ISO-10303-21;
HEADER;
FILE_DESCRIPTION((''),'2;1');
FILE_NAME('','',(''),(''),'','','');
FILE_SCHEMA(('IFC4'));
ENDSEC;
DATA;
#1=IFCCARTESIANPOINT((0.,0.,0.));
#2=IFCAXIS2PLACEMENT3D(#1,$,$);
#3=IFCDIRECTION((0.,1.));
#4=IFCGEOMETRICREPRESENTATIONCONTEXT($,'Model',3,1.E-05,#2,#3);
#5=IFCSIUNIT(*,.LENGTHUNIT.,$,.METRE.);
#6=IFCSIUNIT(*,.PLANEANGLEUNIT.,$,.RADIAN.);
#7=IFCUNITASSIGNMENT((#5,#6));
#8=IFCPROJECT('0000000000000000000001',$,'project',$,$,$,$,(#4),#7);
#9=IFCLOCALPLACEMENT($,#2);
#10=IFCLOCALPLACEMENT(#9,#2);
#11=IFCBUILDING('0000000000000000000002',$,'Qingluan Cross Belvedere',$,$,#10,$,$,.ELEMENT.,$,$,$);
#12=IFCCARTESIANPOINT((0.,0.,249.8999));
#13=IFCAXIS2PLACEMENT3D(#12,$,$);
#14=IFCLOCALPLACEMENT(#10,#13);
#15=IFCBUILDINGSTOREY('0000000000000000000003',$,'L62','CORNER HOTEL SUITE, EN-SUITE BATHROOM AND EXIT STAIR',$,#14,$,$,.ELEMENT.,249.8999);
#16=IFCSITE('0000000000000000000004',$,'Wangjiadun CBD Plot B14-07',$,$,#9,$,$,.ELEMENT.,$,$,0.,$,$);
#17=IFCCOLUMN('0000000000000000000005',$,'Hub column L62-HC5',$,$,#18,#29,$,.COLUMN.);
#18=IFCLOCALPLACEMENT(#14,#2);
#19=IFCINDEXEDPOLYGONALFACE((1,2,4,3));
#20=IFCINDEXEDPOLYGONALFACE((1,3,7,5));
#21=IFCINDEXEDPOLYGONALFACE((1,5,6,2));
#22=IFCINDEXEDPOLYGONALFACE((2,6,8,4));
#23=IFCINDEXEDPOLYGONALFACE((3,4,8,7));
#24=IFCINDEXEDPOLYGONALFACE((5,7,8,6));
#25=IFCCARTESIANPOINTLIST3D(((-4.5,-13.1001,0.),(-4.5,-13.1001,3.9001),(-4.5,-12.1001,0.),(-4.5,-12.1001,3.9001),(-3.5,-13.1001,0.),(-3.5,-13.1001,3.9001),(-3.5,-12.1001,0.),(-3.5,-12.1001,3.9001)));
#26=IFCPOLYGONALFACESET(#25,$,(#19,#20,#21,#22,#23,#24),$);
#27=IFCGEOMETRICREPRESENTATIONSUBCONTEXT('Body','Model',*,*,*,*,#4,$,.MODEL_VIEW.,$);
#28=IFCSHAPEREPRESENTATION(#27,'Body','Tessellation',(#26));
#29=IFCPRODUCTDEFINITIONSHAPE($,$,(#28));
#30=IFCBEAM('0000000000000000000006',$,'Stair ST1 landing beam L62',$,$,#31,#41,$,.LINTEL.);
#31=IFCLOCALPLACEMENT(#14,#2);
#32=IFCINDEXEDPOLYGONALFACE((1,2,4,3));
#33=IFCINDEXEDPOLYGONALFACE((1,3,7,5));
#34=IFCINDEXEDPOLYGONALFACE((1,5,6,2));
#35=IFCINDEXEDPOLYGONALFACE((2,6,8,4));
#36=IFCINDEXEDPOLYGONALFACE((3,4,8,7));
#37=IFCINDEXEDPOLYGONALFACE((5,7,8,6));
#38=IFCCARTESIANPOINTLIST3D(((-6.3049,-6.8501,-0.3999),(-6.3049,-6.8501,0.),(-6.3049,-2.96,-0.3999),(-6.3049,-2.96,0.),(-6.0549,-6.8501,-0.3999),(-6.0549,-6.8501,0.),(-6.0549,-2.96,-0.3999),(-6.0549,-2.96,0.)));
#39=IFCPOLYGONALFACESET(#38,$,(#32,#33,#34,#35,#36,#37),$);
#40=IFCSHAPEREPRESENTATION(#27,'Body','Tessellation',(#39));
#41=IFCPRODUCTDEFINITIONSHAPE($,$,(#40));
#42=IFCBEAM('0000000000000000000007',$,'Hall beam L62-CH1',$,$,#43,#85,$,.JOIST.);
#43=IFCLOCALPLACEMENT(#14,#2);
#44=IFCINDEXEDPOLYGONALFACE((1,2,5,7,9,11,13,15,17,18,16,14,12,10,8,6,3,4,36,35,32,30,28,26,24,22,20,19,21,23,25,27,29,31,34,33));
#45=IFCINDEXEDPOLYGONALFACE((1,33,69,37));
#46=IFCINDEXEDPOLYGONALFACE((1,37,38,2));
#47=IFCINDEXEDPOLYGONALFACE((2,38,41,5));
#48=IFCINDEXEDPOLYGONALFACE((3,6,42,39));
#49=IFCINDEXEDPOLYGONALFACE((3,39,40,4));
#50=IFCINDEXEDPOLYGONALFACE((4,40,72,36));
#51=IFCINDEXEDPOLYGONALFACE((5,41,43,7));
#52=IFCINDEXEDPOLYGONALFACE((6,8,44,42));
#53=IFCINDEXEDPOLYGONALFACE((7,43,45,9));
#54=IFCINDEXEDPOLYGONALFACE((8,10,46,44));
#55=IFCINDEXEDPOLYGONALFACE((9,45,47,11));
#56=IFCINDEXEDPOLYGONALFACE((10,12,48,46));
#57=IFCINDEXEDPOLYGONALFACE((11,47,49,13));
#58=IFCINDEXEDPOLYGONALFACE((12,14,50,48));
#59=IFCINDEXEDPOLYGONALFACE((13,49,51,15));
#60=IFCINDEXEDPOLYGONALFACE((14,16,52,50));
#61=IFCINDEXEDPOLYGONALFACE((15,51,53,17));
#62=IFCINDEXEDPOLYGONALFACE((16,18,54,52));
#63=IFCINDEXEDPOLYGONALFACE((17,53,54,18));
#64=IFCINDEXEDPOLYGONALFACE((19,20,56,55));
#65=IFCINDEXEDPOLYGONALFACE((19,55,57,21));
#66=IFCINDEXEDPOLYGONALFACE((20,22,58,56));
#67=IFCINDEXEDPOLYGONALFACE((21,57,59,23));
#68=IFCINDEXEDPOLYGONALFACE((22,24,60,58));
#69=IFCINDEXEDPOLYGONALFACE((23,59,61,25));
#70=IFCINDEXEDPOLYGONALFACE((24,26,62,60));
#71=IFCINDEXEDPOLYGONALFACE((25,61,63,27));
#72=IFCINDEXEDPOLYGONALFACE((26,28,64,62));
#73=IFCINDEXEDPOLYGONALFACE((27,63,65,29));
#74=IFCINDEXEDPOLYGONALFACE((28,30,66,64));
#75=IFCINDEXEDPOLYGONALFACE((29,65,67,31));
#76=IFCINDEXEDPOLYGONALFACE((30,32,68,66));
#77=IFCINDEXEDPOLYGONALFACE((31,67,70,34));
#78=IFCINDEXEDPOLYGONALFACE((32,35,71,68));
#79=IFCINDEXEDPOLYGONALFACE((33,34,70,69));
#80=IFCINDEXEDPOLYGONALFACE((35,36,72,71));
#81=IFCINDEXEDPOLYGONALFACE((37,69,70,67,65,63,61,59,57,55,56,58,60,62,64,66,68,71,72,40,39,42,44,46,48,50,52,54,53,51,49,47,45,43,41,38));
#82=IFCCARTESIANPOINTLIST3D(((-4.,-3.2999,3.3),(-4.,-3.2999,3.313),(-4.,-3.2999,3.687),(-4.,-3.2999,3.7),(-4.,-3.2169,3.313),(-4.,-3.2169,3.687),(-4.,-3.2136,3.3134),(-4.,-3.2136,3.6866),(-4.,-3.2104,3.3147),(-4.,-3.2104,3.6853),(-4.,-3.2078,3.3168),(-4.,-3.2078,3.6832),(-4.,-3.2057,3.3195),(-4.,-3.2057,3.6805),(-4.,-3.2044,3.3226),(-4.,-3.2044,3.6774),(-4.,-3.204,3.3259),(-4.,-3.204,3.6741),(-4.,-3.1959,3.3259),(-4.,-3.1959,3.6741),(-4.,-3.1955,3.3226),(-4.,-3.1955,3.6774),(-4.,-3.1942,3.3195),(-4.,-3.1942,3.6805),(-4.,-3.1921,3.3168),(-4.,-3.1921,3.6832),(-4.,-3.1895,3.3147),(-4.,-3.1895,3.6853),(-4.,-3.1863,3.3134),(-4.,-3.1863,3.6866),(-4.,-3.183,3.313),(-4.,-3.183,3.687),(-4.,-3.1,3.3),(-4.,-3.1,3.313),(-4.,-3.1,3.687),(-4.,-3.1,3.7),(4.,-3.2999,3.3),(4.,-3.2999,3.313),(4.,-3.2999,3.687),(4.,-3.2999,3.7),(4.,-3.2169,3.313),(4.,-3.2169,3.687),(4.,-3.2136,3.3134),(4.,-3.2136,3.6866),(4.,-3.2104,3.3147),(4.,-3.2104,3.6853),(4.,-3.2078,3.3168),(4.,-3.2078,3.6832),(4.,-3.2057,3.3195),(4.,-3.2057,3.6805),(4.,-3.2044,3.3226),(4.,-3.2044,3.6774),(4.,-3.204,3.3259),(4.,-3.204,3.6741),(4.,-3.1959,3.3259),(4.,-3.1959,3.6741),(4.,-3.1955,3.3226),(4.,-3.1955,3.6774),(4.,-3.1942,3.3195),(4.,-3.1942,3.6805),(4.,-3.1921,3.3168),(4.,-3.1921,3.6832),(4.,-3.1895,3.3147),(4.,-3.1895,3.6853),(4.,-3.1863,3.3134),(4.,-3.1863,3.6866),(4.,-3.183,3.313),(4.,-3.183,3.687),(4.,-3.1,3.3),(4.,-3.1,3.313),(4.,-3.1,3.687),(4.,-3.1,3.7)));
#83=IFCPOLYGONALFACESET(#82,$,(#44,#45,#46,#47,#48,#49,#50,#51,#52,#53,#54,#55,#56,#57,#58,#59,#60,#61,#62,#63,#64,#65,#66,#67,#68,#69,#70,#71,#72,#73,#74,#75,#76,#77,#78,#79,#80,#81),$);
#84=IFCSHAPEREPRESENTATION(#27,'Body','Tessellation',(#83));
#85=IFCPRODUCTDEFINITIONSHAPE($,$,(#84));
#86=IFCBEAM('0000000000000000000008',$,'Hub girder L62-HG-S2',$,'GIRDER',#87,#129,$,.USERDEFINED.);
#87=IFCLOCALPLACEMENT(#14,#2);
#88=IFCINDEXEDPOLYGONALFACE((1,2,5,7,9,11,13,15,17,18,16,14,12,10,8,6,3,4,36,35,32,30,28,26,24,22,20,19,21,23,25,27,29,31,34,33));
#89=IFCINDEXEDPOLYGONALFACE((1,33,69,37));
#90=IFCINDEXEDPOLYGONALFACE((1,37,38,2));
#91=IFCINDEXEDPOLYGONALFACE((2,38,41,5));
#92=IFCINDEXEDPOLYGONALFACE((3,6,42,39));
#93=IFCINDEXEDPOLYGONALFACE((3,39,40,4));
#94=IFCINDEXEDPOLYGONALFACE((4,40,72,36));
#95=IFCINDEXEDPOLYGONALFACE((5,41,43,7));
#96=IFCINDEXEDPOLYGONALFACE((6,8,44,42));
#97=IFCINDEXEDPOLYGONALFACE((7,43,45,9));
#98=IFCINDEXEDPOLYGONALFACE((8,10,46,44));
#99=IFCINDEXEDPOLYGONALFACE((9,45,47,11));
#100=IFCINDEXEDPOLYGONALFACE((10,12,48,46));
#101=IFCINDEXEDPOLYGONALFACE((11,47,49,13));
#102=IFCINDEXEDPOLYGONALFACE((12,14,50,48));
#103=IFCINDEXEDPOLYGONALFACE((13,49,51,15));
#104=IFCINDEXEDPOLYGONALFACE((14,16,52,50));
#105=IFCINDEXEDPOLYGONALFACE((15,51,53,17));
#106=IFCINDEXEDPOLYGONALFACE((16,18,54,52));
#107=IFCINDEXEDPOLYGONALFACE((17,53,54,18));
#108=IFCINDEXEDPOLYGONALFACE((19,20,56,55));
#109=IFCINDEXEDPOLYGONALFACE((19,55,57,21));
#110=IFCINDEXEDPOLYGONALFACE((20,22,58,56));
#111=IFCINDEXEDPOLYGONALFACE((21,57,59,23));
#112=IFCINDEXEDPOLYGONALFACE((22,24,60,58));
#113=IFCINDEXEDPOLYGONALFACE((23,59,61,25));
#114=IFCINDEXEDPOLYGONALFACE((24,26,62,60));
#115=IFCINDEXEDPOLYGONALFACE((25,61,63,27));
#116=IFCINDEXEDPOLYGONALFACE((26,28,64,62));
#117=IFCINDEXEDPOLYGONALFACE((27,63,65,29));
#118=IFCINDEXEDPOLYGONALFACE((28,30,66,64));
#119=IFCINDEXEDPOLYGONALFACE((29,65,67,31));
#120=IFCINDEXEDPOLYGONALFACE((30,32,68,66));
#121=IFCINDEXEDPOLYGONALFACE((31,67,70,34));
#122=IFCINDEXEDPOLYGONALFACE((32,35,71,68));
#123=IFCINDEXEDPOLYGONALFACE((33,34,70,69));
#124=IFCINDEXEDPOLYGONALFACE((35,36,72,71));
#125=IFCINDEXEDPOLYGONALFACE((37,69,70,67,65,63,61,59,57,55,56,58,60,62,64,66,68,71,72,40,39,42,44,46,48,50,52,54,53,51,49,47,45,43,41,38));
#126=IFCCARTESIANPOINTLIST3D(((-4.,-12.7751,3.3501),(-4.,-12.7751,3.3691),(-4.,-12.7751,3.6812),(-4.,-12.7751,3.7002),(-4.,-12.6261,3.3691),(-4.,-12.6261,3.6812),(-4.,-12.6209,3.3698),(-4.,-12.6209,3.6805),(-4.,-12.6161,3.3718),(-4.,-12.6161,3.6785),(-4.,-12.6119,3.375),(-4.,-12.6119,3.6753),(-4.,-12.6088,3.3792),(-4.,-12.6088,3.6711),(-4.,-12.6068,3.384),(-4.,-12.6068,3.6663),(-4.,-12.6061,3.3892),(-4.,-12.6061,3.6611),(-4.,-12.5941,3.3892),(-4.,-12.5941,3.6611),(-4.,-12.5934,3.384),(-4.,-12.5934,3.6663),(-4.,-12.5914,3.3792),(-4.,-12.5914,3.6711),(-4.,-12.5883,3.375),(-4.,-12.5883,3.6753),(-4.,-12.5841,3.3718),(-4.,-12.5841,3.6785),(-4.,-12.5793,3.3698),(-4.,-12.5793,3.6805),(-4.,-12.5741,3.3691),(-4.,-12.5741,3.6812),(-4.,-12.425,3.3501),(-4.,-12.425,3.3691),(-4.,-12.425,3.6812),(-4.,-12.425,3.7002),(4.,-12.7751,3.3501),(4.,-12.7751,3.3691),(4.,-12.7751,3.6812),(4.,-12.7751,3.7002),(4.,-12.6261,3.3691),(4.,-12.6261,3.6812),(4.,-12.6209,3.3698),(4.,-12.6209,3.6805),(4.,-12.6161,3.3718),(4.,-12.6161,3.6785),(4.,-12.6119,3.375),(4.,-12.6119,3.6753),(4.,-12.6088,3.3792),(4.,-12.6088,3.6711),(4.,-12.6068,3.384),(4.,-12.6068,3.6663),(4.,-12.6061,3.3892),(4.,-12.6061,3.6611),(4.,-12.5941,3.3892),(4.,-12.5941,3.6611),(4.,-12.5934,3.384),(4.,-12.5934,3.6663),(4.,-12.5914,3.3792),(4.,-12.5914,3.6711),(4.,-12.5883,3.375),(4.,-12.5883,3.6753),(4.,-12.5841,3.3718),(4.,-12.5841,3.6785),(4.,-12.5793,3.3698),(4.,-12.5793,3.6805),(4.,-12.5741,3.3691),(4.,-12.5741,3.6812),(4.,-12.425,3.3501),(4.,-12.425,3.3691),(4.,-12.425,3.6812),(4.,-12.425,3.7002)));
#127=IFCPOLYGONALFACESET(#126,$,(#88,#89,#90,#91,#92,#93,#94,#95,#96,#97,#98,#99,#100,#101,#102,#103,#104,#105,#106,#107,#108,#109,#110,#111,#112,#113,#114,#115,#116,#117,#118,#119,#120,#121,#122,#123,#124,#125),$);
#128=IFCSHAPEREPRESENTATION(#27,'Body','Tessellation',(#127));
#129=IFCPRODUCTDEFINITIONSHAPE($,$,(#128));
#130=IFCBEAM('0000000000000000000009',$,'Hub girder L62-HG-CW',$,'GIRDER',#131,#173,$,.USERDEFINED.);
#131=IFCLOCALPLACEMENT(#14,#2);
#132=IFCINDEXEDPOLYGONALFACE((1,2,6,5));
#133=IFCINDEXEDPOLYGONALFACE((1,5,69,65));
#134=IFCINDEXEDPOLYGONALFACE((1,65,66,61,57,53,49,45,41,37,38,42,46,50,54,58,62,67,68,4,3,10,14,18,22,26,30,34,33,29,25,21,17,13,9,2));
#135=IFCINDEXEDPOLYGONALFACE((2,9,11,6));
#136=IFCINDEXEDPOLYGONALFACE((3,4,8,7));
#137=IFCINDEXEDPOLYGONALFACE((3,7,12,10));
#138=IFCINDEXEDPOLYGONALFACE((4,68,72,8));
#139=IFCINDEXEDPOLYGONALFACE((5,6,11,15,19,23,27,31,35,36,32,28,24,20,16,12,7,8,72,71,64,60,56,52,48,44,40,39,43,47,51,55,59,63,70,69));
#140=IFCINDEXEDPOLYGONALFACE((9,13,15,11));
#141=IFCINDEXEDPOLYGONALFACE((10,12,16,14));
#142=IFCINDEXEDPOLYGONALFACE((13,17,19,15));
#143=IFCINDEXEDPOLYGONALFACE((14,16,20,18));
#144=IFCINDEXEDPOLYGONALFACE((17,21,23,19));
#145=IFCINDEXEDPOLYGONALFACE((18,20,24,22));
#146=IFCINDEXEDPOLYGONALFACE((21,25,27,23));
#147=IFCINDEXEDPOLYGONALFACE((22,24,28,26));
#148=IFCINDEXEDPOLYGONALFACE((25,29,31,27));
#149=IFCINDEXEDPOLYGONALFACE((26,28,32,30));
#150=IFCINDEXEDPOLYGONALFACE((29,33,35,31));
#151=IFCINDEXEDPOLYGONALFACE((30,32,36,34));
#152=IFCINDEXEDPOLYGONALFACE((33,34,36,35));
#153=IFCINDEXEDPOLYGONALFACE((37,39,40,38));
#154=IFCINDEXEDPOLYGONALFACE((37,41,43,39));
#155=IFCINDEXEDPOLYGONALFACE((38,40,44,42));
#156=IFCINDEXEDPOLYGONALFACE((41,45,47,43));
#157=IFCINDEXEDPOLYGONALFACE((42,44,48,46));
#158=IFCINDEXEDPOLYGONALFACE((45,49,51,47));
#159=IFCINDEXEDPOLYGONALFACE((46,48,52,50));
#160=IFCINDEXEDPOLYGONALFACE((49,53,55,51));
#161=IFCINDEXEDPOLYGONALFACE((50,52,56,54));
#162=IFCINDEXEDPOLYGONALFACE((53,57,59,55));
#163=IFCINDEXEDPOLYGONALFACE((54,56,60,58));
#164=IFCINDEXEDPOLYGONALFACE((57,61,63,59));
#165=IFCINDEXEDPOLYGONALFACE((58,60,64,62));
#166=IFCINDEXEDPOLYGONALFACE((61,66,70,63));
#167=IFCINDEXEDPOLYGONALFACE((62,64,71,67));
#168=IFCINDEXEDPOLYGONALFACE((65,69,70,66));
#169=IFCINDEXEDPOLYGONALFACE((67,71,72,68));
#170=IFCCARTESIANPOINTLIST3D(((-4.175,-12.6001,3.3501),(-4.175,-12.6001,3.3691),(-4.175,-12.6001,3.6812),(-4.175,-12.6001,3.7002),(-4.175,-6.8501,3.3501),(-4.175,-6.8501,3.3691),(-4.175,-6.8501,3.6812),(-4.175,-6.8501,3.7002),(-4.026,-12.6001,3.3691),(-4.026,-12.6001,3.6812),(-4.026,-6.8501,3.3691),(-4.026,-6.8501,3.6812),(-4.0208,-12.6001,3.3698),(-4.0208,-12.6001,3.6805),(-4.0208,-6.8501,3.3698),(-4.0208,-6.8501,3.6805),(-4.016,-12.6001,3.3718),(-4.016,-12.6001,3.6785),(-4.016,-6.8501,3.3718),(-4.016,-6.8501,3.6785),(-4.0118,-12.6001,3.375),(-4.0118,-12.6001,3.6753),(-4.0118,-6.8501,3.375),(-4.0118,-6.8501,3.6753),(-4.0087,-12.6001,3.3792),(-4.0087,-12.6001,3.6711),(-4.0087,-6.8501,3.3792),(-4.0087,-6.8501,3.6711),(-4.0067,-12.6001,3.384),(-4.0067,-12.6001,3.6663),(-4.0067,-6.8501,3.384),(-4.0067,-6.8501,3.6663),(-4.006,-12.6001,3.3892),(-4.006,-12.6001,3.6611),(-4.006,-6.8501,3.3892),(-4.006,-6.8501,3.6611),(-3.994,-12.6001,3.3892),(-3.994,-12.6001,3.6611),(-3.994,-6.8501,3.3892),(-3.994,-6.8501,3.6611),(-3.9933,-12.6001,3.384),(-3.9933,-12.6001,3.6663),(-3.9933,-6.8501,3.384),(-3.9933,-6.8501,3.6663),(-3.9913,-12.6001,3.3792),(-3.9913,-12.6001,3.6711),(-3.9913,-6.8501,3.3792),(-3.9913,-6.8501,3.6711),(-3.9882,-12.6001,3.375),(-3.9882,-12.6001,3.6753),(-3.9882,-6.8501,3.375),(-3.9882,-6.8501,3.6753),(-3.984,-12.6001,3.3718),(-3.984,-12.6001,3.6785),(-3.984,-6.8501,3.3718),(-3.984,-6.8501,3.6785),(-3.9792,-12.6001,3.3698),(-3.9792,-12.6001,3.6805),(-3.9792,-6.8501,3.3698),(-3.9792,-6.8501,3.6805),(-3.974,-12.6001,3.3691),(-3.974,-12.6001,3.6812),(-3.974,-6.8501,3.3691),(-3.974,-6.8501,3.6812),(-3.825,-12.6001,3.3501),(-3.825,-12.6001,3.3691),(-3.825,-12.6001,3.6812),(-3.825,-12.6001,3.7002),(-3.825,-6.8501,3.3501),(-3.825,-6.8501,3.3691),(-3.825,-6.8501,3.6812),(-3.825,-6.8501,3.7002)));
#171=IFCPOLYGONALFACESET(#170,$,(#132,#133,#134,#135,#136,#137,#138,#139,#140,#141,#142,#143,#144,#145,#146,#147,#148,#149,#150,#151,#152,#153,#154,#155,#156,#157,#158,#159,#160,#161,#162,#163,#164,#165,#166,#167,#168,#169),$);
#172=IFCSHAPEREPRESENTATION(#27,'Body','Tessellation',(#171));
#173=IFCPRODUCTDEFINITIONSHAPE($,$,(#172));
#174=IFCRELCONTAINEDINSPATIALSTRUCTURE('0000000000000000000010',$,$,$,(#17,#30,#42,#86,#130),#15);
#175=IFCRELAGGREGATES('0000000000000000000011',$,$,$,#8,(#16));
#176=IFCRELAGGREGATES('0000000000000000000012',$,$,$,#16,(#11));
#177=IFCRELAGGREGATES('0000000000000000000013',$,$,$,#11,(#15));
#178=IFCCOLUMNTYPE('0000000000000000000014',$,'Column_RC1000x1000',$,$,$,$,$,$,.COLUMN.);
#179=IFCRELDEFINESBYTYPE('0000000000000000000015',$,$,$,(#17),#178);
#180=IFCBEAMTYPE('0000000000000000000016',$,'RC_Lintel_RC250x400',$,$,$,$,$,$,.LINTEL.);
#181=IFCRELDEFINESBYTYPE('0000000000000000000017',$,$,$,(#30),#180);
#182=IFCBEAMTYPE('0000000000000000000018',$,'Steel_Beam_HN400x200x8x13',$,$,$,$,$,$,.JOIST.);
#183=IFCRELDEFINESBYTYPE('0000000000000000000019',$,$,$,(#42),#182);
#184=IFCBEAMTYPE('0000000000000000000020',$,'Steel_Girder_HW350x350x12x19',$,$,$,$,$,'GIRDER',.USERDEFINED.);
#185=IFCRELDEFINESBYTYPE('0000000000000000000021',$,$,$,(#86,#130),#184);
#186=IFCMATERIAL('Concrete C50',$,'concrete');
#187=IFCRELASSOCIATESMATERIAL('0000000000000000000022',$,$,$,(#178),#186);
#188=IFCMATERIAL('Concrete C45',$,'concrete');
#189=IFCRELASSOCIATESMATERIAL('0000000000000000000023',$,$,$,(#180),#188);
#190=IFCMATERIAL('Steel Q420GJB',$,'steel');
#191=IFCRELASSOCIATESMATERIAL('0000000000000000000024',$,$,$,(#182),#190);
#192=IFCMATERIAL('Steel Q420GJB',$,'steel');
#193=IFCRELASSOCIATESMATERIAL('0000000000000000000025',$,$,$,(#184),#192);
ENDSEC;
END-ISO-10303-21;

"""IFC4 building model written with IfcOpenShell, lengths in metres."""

from ifc_helpers import new_model, si_unit, direction, frame, origin, origin_2d, place, context, subcontext, project, spatial, rectangle, i_section, extrude, material, material_profile, profile_set, type_object, element, save


model = new_model("IFC4")

# Units and contexts
model_context = context("Model", 3, precision=1e-05, world=origin(), true_north=direction((0.0, 1.0)))
body_context = subcontext(model_context, "Body", "Model", "MODEL_VIEW")
ifc_project = project(units=[si_unit("LENGTHUNIT", "METRE"), si_unit("PLANEANGLEUNIT", "RADIAN")], contexts=[model_context])

# Site, building, storey
site_placement = place(None, origin())
site = spatial("IfcSite", under=ifc_project, at=site_placement, Name="Wangjiadun CBD Plot B14-07", CompositionType="ELEMENT", RefElevation=0.0)
building_placement = place(site_placement, origin())
building = spatial("IfcBuilding", under=site, at=building_placement, Name="Qingluan Cross Belvedere", CompositionType="ELEMENT")
storey_placement = place(building_placement, frame((0.0, 0.0, 249.8999)))
storey = spatial("IfcBuildingStorey", under=building, at=storey_placement, Name="L62", Description="CORNER HOTEL SUITE, EN-SUITE BATHROOM AND EXIT STAIR", CompositionType="ELEMENT", Elevation=249.8999)

# Column
ifc_material_1 = material(Name="Concrete C50", Category="concrete")
ifc_material_profile_1 = material_profile(ifc_material_1, rectangle(XDim=1.0, YDim=1.0, at=origin_2d()), Name="RC1000x1000")
ifc_profile_set_1 = profile_set([ifc_material_profile_1], Name="Concrete C50")
column_type = type_object("IfcColumnType", Name="Column_RC1000x1000", PredefinedType="COLUMN", material=ifc_profile_set_1)
column_placement = place(storey_placement, frame((-4.0, -12.6001, 0.0), z_axis=(0.0, 0.0, 1.0), x_axis=(1.0, 0.0, 0.0)))
element("IfcColumn", 1, at=column_placement, inside=storey, type_object=column_type, Name="Hub column L62-HC5", PredefinedType="COLUMN", context=body_context, shape_type="SweptSolid", body=[
    extrude(rectangle(XDim=1.0, YDim=1.0, at=origin_2d()), origin(), (0.0, 0.0, 1.0), 3.9001),
])

# Beams
ifc_material_2 = material(Name="Concrete C45", Category="concrete")
ifc_material_profile_2 = material_profile(ifc_material_2, rectangle(XDim=0.25, YDim=0.3999, at=origin_2d()), Name="RC250x400")
ifc_profile_set_2 = profile_set([ifc_material_profile_2], Name="Concrete C45")
beam_type_1 = type_object("IfcBeamType", Name="RC_Lintel_RC250x400", PredefinedType="LINTEL", material=ifc_profile_set_2)
beam_1_placement = place(storey_placement, frame((-6.1799, -6.8501, -0.2), z_axis=(0.0, 1.0, 0.0), x_axis=(-1.0, 0.0, 0.0)))
element("IfcBeam", 2, at=beam_1_placement, inside=storey, type_object=beam_type_1, Name="Stair ST1 landing beam L62", PredefinedType="LINTEL", context=body_context, shape_type="SweptSolid", body=[
    extrude(rectangle(XDim=0.25, YDim=0.3999, at=origin_2d()), origin(), (0.0, 0.0, 1.0), 3.8901),
])
ifc_material_3 = material(Name="Steel Q420GJB", Category="steel")
ifc_material_profile_3 = material_profile(ifc_material_3, i_section(OverallWidth=0.2, OverallDepth=0.3999, WebThickness=0.0081, FlangeThickness=0.0129, FilletRadius=0.0129, at=origin_2d()), Name="HN400x200x8x13")
ifc_profile_set_3 = profile_set([ifc_material_profile_3], Name="Steel Q420GJB")
beam_type_2 = type_object("IfcBeamType", Name="Steel_Beam_HN400x200x8x13", PredefinedType="JOIST", material=ifc_profile_set_3)
beam_2_placement = place(storey_placement, frame((-4.0, -3.2, 3.5), z_axis=(1.0, 0.0, 0.0), x_axis=(0.0, 1.0, 0.0)))
element("IfcBeam", 3, at=beam_2_placement, inside=storey, type_object=beam_type_2, Name="Hall beam L62-CH1", PredefinedType="JOIST", context=body_context, shape_type="SweptSolid", body=[
    extrude(i_section(OverallWidth=0.2, OverallDepth=0.3999, WebThickness=0.0081, FlangeThickness=0.0129, FilletRadius=0.0129, at=origin_2d()), origin(), (0.0, 0.0, 1.0), 8.0),
])
ifc_material_4 = material(Name="Steel Q420GJB", Category="steel")
ifc_material_profile_4 = material_profile(ifc_material_4, i_section(OverallWidth=0.3501, OverallDepth=0.3501, WebThickness=0.012, FlangeThickness=0.019, FilletRadius=0.02, at=origin_2d()), Name="HW350x350x12x19")
ifc_profile_set_4 = profile_set([ifc_material_profile_4], Name="Steel Q420GJB")
beam_type_3 = type_object("IfcBeamType", Name="Steel_Girder_HW350x350x12x19", ElementType="GIRDER", PredefinedType="USERDEFINED", material=ifc_profile_set_4)
beam_3_placement = place(storey_placement, frame((-4.0, -12.6001, 3.5251), z_axis=(1.0, 0.0, 0.0), x_axis=(0.0, 1.0, 0.0)))
element("IfcBeam", 4, at=beam_3_placement, inside=storey, type_object=beam_type_3, Name="Hub girder L62-HG-S2", ObjectType="GIRDER", PredefinedType="USERDEFINED", context=body_context, shape_type="SweptSolid", body=[
    extrude(i_section(OverallWidth=0.3501, OverallDepth=0.3501, WebThickness=0.012, FlangeThickness=0.019, FilletRadius=0.02, at=origin_2d()), origin(), (0.0, 0.0, 1.0), 8.0),
])
beam_4_placement = place(storey_placement, frame((-4.0, -12.6001, 3.5251), z_axis=(0.0, 1.0, 0.0), x_axis=(-1.0, 0.0, 0.0)))
element("IfcBeam", 5, at=beam_4_placement, inside=storey, type_object=beam_type_3, Name="Hub girder L62-HG-CW", ObjectType="GIRDER", PredefinedType="USERDEFINED", context=body_context, shape_type="SweptSolid", body=[
    extrude(i_section(OverallWidth=0.3501, OverallDepth=0.3501, WebThickness=0.012, FlangeThickness=0.019, FilletRadius=0.02, at=origin_2d()), origin(), (0.0, 0.0, 1.0), 5.75),
])

save(model, "model.ifc")
